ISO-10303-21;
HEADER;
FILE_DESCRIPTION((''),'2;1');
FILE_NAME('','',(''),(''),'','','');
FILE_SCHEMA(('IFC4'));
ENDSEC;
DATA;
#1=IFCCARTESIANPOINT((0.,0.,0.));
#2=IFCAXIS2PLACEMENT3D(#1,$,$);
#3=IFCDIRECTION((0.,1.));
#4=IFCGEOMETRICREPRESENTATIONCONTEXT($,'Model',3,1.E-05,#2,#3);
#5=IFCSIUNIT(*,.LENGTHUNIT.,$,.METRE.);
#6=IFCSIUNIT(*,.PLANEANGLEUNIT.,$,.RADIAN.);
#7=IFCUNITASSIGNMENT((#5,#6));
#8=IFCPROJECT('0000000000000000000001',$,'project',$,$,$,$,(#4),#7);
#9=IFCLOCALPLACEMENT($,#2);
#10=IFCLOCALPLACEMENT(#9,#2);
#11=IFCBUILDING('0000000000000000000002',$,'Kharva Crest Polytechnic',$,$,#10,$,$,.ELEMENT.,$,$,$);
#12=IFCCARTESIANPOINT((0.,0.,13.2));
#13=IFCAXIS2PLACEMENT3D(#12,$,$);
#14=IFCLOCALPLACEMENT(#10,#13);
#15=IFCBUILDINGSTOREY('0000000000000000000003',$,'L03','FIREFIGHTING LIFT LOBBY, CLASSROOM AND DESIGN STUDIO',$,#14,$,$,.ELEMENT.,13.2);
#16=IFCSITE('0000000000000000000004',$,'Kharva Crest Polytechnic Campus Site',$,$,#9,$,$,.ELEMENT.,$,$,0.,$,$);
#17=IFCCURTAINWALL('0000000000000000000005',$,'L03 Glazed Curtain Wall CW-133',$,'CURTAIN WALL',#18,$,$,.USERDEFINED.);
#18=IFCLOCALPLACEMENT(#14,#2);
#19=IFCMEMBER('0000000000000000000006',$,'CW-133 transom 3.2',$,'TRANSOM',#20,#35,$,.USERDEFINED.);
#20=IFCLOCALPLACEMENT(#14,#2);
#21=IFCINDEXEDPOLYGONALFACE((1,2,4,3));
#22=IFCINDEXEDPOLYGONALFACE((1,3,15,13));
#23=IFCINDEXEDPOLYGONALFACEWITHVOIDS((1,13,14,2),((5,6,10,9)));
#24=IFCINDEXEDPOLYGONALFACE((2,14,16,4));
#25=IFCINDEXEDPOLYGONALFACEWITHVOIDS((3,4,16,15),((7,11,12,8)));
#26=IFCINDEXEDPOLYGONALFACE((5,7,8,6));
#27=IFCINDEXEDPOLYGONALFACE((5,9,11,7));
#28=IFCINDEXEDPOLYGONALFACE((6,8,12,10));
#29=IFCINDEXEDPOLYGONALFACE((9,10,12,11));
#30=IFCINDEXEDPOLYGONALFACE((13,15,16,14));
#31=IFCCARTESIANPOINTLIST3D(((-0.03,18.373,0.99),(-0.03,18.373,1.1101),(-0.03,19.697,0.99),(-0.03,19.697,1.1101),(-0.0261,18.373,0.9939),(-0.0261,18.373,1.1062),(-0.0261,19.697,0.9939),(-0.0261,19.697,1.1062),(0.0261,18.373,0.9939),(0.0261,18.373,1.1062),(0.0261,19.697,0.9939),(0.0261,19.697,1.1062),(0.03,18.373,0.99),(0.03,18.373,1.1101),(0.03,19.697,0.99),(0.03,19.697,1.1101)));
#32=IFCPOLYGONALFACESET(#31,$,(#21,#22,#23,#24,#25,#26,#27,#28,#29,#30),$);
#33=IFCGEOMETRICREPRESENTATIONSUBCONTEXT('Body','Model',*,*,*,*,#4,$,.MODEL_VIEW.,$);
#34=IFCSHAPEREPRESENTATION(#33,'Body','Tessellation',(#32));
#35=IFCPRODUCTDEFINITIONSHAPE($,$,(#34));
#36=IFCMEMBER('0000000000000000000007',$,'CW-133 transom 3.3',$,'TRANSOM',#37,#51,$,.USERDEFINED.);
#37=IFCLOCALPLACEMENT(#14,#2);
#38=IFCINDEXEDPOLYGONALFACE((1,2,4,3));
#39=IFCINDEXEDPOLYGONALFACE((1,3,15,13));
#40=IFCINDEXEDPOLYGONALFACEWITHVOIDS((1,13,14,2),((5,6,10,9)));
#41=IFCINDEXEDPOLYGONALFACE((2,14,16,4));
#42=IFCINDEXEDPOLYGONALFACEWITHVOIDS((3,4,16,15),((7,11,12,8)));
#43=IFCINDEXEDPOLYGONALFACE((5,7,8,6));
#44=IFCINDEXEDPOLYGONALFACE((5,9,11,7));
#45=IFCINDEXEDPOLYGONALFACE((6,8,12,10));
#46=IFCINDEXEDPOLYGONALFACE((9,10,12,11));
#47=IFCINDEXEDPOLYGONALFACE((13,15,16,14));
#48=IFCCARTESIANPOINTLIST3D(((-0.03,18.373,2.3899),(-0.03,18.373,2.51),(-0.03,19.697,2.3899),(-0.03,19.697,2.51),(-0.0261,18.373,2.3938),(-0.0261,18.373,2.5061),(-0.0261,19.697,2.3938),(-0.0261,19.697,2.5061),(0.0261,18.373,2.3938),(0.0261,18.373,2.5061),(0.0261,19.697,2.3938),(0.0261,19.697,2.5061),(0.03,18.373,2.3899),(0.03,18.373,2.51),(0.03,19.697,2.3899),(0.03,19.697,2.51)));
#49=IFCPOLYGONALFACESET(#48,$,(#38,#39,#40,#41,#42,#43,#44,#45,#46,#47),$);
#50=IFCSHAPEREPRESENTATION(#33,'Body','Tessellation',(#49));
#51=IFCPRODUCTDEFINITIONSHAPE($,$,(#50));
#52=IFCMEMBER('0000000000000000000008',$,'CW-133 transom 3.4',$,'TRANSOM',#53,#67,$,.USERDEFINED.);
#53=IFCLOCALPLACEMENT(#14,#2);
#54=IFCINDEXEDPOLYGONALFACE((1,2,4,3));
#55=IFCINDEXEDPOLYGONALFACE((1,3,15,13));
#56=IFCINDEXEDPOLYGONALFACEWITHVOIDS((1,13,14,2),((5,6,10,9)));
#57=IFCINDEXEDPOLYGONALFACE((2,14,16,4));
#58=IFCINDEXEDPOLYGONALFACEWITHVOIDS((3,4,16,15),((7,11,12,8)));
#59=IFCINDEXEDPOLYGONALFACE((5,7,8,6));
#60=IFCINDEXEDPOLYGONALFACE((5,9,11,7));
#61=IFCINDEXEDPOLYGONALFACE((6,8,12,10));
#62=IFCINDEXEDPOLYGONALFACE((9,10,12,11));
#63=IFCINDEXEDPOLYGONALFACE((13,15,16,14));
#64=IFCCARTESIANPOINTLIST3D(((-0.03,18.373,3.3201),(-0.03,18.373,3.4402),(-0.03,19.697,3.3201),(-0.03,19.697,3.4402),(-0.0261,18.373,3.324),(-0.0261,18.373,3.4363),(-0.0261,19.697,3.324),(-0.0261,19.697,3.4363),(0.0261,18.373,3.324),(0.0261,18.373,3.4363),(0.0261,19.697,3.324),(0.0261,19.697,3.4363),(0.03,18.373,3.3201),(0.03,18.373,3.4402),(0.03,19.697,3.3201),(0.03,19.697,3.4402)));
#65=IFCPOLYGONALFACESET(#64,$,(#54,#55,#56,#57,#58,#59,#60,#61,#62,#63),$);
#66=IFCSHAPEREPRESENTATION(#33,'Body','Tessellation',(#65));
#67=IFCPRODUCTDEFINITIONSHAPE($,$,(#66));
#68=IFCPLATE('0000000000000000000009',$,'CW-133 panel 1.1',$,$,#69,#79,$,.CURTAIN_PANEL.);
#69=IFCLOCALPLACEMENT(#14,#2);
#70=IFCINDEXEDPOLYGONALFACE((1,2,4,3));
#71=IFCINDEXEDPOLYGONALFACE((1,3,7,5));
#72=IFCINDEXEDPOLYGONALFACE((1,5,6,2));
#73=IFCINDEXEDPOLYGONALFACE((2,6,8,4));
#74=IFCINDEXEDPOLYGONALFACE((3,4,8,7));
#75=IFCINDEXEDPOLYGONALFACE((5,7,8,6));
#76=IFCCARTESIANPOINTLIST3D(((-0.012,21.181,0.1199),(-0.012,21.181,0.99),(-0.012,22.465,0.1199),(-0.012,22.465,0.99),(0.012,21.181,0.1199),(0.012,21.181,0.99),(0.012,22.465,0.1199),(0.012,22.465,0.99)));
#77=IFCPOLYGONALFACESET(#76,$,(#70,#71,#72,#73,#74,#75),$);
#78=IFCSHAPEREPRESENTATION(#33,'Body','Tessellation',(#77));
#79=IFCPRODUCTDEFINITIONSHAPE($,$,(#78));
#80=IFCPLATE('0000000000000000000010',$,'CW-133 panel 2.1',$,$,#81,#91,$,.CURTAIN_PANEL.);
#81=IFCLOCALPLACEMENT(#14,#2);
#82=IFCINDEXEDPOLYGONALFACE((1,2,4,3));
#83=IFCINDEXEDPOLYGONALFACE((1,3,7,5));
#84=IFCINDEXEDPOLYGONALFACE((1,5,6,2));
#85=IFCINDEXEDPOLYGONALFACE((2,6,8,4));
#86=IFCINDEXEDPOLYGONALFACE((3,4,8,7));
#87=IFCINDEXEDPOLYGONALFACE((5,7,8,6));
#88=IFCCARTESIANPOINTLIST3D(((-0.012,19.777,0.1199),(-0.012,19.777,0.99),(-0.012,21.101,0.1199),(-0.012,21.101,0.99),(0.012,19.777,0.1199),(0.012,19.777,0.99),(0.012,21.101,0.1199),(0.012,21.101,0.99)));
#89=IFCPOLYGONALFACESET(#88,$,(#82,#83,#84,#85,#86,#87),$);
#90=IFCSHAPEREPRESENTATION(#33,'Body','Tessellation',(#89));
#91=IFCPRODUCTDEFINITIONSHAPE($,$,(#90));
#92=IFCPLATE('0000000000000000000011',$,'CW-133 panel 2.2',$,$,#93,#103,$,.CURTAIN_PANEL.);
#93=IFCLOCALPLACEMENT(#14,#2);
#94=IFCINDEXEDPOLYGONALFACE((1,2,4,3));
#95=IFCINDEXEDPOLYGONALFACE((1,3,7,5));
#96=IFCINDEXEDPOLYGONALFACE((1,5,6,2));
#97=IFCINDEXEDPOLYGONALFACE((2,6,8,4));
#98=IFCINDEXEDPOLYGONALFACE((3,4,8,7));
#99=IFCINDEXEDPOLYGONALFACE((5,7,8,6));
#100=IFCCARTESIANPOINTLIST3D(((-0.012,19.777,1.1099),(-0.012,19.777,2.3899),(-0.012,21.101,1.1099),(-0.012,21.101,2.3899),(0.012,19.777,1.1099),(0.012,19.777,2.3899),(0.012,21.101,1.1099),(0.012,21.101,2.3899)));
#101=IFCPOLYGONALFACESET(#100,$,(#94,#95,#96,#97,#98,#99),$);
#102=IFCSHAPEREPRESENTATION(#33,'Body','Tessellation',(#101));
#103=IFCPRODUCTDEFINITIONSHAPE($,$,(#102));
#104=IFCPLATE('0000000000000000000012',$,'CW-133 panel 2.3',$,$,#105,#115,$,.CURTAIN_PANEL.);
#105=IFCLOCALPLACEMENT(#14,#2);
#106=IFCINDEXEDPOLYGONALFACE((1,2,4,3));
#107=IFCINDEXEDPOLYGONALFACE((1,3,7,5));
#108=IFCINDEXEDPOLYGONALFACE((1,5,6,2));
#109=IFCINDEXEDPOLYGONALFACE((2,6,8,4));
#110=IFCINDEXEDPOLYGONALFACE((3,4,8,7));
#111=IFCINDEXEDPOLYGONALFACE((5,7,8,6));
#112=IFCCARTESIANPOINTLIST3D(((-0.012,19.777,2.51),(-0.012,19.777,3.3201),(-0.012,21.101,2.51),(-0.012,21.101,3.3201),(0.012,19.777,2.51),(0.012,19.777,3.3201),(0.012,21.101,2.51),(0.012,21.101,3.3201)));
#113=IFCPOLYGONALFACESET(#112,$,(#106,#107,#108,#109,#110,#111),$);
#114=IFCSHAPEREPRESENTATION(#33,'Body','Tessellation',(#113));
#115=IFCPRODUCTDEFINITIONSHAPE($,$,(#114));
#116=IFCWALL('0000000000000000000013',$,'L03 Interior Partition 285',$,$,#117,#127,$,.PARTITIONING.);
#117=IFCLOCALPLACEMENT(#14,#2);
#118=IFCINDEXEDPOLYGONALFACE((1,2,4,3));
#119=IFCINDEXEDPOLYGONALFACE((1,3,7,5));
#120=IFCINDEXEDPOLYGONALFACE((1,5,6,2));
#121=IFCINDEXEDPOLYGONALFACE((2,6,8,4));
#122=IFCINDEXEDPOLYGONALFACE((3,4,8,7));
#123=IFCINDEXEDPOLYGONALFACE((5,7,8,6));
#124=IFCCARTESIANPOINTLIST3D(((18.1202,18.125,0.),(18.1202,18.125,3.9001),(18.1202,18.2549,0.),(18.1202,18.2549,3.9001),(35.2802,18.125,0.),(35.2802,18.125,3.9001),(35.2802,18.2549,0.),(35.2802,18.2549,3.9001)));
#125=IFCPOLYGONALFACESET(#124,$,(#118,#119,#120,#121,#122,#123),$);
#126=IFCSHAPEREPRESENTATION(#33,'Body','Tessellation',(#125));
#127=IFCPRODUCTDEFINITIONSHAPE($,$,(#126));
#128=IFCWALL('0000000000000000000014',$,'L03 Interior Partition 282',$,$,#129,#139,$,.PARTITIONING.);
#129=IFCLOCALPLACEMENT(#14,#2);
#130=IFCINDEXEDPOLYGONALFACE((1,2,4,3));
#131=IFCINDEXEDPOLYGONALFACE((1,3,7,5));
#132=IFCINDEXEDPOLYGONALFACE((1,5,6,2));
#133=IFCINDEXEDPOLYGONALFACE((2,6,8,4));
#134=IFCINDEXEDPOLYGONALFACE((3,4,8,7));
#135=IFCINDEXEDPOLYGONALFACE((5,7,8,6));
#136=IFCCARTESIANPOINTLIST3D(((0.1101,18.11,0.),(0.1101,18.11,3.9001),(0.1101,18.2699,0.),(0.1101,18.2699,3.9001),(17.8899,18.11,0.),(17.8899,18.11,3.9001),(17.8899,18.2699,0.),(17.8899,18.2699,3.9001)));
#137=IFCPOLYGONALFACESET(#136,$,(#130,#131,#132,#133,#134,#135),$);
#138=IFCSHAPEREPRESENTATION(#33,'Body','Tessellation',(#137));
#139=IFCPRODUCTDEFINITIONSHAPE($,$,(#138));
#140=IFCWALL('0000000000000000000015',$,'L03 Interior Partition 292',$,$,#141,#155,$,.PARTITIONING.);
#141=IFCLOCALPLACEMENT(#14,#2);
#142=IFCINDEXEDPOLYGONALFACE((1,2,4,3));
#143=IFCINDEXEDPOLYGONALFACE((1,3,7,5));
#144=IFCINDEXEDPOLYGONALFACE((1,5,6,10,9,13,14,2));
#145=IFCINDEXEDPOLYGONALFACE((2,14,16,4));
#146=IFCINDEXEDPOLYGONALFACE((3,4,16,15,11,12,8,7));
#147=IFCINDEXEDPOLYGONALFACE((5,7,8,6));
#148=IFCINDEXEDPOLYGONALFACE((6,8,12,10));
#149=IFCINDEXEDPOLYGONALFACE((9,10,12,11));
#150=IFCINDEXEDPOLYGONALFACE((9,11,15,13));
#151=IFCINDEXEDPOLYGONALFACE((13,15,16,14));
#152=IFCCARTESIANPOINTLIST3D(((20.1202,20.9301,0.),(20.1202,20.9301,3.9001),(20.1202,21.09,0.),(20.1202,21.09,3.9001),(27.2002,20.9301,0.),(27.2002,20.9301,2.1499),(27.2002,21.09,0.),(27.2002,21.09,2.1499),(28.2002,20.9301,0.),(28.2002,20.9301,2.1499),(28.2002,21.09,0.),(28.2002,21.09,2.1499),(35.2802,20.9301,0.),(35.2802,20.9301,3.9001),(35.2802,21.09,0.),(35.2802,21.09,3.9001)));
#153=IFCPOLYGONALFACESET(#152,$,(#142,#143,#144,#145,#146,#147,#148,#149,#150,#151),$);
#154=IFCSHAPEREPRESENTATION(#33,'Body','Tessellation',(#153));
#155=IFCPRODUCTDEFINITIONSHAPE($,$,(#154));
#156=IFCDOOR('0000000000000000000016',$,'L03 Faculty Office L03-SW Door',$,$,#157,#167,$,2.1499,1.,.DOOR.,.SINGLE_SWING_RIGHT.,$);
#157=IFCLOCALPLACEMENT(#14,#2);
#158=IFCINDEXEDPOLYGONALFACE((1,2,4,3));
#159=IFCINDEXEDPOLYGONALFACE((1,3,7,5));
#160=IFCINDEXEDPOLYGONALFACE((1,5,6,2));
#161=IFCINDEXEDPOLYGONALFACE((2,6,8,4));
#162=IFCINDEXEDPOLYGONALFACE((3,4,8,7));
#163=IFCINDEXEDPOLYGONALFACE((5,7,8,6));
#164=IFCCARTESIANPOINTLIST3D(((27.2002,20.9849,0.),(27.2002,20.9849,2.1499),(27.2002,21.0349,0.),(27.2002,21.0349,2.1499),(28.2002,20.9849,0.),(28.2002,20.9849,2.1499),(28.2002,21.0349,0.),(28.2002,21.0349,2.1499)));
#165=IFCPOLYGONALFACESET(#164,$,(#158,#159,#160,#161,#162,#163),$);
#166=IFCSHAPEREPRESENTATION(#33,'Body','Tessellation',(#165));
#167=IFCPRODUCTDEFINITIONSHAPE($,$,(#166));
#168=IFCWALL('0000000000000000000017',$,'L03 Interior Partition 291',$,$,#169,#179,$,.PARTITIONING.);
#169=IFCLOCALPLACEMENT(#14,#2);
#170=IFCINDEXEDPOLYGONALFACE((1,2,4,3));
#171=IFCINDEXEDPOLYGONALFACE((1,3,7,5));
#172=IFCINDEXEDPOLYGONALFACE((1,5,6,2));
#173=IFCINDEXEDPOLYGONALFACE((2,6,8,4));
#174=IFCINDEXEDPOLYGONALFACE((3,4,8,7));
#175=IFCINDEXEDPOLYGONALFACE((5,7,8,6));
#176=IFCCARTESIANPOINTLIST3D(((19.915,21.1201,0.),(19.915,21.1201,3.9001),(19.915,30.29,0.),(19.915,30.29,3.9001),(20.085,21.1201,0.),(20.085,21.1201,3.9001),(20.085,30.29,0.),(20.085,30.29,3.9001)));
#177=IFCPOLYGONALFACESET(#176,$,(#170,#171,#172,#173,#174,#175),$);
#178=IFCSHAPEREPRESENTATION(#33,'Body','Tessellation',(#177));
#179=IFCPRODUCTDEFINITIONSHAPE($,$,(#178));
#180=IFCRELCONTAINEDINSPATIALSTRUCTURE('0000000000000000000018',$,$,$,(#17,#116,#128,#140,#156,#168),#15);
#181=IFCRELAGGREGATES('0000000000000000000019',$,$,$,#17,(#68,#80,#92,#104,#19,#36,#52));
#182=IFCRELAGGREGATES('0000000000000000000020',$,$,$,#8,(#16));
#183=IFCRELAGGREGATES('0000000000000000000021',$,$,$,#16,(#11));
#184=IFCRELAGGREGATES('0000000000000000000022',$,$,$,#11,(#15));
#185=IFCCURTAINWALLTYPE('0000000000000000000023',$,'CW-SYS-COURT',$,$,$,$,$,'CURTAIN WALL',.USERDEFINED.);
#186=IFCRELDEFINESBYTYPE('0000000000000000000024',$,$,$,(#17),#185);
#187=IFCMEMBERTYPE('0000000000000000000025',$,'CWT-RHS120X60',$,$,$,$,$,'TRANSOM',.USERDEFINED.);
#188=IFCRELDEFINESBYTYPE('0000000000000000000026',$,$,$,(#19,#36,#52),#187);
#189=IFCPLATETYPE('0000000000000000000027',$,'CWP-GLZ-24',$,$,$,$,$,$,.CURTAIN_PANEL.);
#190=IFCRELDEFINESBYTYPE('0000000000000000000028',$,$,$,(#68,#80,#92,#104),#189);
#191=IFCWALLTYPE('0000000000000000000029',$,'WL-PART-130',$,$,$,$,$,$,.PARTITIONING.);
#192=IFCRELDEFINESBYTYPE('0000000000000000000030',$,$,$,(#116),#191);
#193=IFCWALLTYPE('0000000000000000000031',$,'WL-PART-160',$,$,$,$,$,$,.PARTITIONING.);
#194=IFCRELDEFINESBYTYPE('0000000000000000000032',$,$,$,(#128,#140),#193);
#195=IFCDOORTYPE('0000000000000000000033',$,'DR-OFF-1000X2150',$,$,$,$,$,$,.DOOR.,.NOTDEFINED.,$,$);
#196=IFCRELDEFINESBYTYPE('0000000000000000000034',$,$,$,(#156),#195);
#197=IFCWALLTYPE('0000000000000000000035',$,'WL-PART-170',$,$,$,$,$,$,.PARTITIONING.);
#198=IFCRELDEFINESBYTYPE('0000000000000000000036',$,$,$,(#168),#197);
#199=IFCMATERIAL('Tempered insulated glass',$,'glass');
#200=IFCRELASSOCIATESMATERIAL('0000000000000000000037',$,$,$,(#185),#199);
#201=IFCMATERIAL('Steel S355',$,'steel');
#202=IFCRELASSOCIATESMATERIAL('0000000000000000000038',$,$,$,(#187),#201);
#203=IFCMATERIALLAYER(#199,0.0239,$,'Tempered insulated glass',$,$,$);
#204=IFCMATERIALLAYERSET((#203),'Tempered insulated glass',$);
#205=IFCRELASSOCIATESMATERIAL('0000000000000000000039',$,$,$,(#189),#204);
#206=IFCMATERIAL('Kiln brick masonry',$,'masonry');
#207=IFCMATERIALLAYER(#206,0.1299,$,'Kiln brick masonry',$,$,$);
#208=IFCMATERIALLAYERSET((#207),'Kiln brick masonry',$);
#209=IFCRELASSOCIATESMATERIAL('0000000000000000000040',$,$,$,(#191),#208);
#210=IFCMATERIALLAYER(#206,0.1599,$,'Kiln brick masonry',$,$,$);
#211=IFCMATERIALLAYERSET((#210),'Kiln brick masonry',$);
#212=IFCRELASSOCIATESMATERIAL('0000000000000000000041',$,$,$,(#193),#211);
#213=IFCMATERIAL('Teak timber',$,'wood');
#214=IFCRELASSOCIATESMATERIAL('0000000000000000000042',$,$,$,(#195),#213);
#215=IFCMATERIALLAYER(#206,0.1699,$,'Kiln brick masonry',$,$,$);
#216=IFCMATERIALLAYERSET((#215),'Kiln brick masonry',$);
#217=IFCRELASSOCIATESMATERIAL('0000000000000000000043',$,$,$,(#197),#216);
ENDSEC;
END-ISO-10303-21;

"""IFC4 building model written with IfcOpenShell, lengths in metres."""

from ifc_helpers import new_model, si_unit, direction, frame, frame_2d, origin, origin_2d, place, context, subcontext, project, spatial, rectangle, hollow_rectangle, extrude, material, layer, layer_set, material_profile, profile_set, type_object, element, fill, aggregate, save


model = new_model("IFC4")

# Units and contexts
model_context = context("Model", 3, precision=1e-05, world=origin(), true_north=direction((0.0, 1.0)))
body_context = subcontext(model_context, "Body", "Model", "MODEL_VIEW")
ifc_project = project(units=[si_unit("LENGTHUNIT", "METRE"), si_unit("PLANEANGLEUNIT", "RADIAN")], contexts=[model_context])

# Site, building, storey
site_placement = place(None, origin())
site = spatial("IfcSite", under=ifc_project, at=site_placement, Name="Kharva Crest Polytechnic Campus Site", CompositionType="ELEMENT", RefElevation=0.0)
building_placement = place(site_placement, origin())
building = spatial("IfcBuilding", under=site, at=building_placement, Name="Kharva Crest Polytechnic", CompositionType="ELEMENT")
storey_placement = place(building_placement, frame((0.0, 0.0, 13.2)))
storey = spatial("IfcBuildingStorey", under=building, at=storey_placement, Name="L03", Description="FIREFIGHTING LIFT LOBBY, CLASSROOM AND DESIGN STUDIO", CompositionType="ELEMENT", Elevation=13.2)

# Shared definitions
ifc_material_1 = material(Name="Steel S355", Category="steel")

# Curtain wall, members, plates
ifc_material_2 = material(Name="Tempered insulated glass", Category="glass")
curtain_wall_type = type_object("IfcCurtainWallType", Name="CW-SYS-COURT", ElementType="CURTAIN WALL", PredefinedType="USERDEFINED", material=ifc_material_2)
curtain_wall_placement = place(storey_placement, origin())
curtain_wall = element("IfcCurtainWall", 1, at=curtain_wall_placement, inside=storey, type_object=curtain_wall_type, Name="L03 Glazed Curtain Wall CW-133", ObjectType="CURTAIN WALL", PredefinedType="USERDEFINED")
ifc_material_profile_1 = material_profile(ifc_material_1, hollow_rectangle(XDim=0.0601, YDim=0.1201, WallThickness=0.0039, at=origin_2d()), Name="RHS 120X60X4.0")
ifc_profile_set_1 = profile_set([ifc_material_profile_1], Name="Steel S355")
member_type_1 = type_object("IfcMemberType", Name="CWT-RHS120X60", ElementType="TRANSOM", PredefinedType="USERDEFINED", material=ifc_profile_set_1)
member_1_placement = place(storey_placement, frame((0.0, 19.697, 1.05), z_axis=(0.0, -1.0, 0.0), x_axis=(1.0, 0.0, 0.0)))
member_1 = element("IfcMember", 2, at=member_1_placement, type_object=member_type_1, Name="CW-133 transom 3.2", ObjectType="TRANSOM", PredefinedType="USERDEFINED", context=body_context, shape_type="SweptSolid", body=[
    extrude(hollow_rectangle(XDim=0.0601, YDim=0.1201, WallThickness=0.0039, at=origin_2d()), origin(), (0.0, 0.0, 1.0), 1.324),
])
member_2_placement = place(storey_placement, frame((0.0, 19.697, 2.45), z_axis=(0.0, -1.0, 0.0), x_axis=(1.0, 0.0, 0.0)))
member_2 = element("IfcMember", 3, at=member_2_placement, type_object=member_type_1, Name="CW-133 transom 3.3", ObjectType="TRANSOM", PredefinedType="USERDEFINED", context=body_context, shape_type="SweptSolid", body=[
    extrude(hollow_rectangle(XDim=0.0601, YDim=0.1201, WallThickness=0.0039, at=origin_2d()), origin(), (0.0, 0.0, 1.0), 1.324),
])
member_3_placement = place(storey_placement, frame((0.0, 19.697, 3.3801), z_axis=(0.0, -1.0, 0.0), x_axis=(1.0, 0.0, 0.0)))
member_3 = element("IfcMember", 4, at=member_3_placement, type_object=member_type_1, Name="CW-133 transom 3.4", ObjectType="TRANSOM", PredefinedType="USERDEFINED", context=body_context, shape_type="SweptSolid", body=[
    extrude(hollow_rectangle(XDim=0.0601, YDim=0.1201, WallThickness=0.0039, at=origin_2d()), origin(), (0.0, 0.0, 1.0), 1.324),
])
ifc_layer_1 = layer(ifc_material_2, 0.0239, Name="Tempered insulated glass")
ifc_layer_set_1 = layer_set([ifc_layer_1], Name="Tempered insulated glass")
plate_type = type_object("IfcPlateType", Name="CWP-GLZ-24", PredefinedType="CURTAIN_PANEL", material=ifc_layer_set_1)
plate_1_placement = place(storey_placement, frame((0.0, 21.823, 0.1199), z_axis=(0.0, 0.0, 1.0), x_axis=(0.0, -1.0, 0.0)))
plate_1 = element("IfcPlate", 5, at=plate_1_placement, type_object=plate_type, Name="CW-133 panel 1.1", PredefinedType="CURTAIN_PANEL", context=body_context, shape_type="SweptSolid", body=[
    extrude(rectangle(XDim=1.2839, YDim=0.0239, at=origin_2d()), origin(), (0.0, 0.0, 1.0), 0.8701),
])
plate_2_placement = place(storey_placement, frame((0.0, 20.439, 0.1199), z_axis=(0.0, 0.0, 1.0), x_axis=(0.0, -1.0, 0.0)))
plate_2 = element("IfcPlate", 6, at=plate_2_placement, type_object=plate_type, Name="CW-133 panel 2.1", PredefinedType="CURTAIN_PANEL", context=body_context, shape_type="SweptSolid", body=[
    extrude(rectangle(XDim=1.324, YDim=0.0239, at=origin_2d()), origin(), (0.0, 0.0, 1.0), 0.8701),
])
plate_3_placement = place(storey_placement, frame((0.0, 20.439, 1.1099), z_axis=(0.0, 0.0, 1.0), x_axis=(0.0, -1.0, 0.0)))
plate_3 = element("IfcPlate", 7, at=plate_3_placement, type_object=plate_type, Name="CW-133 panel 2.2", PredefinedType="CURTAIN_PANEL", context=body_context, shape_type="SweptSolid", body=[
    extrude(rectangle(XDim=1.324, YDim=0.0239, at=origin_2d()), origin(), (0.0, 0.0, 1.0), 1.28),
])
plate_4_placement = place(storey_placement, frame((0.0, 20.439, 2.51), z_axis=(0.0, 0.0, 1.0), x_axis=(0.0, -1.0, 0.0)))
plate_4 = element("IfcPlate", 8, at=plate_4_placement, type_object=plate_type, Name="CW-133 panel 2.3", PredefinedType="CURTAIN_PANEL", context=body_context, shape_type="SweptSolid", body=[
    extrude(rectangle(XDim=1.324, YDim=0.0239, at=origin_2d()), origin(), (0.0, 0.0, 1.0), 0.8101),
])
aggregate(curtain_wall, [plate_1, plate_2, plate_3, plate_4, member_1, member_2, member_3])

# Walls
ifc_material_3 = material(Name="Kiln brick masonry", Category="masonry")
ifc_layer_2 = layer(ifc_material_3, 0.1299, Name="Kiln brick masonry")
ifc_layer_set_2 = layer_set([ifc_layer_2], Name="Kiln brick masonry")
wall_type_1 = type_object("IfcWallType", Name="WL-PART-130", PredefinedType="PARTITIONING", material=ifc_layer_set_2)
wall_1_placement = place(storey_placement, frame((18.1201, 18.1899, 0.0), z_axis=(0.0, 0.0, 1.0), x_axis=(1.0, 0.0, 0.0)))
element("IfcWall", 9, at=wall_1_placement, inside=storey, type_object=wall_type_1, Name="L03 Interior Partition 285", PredefinedType="PARTITIONING", context=body_context, shape_type="SweptSolid", body=[
    extrude(rectangle(XDim=17.1599, YDim=0.1299, at=frame_2d((8.5801, 0.0))), origin(), (0.0, 0.0, 1.0), 3.9001),
])
ifc_layer_3 = layer(ifc_material_3, 0.1599, Name="Kiln brick masonry")
ifc_layer_set_3 = layer_set([ifc_layer_3], Name="Kiln brick masonry")
wall_type_2 = type_object("IfcWallType", Name="WL-PART-160", PredefinedType="PARTITIONING", material=ifc_layer_set_3)
wall_2_placement = place(storey_placement, frame((0.1101, 18.1899, 0.0), z_axis=(0.0, 0.0, 1.0), x_axis=(1.0, 0.0, 0.0)))
element("IfcWall", 10, at=wall_2_placement, inside=storey, type_object=wall_type_2, Name="L03 Interior Partition 282", PredefinedType="PARTITIONING", context=body_context, shape_type="SweptSolid", body=[
    extrude(rectangle(XDim=17.7798, YDim=0.1599, at=frame_2d((8.8899, 0.0))), origin(), (0.0, 0.0, 1.0), 3.9001),
])

# Wall, opening, door
wall_3_placement = place(storey_placement, frame((20.1201, 21.01, 0.0), z_axis=(0.0, 0.0, 1.0), x_axis=(1.0, 0.0, 0.0)))
wall_3 = element("IfcWall", 11, at=wall_3_placement, inside=storey, type_object=wall_type_2, Name="L03 Interior Partition 292", PredefinedType="PARTITIONING", context=body_context, shape_type="SweptSolid", body=[
    extrude(rectangle(XDim=15.1599, YDim=0.1599, at=frame_2d((7.5801, 0.0))), origin(), (0.0, 0.0, 1.0), 3.9001),
])
opening_1_placement = place(wall_3_placement, frame((7.0801, 0.0, 0.0)))
opening_1 = element("IfcOpeningElement", 12, at=opening_1_placement, cuts=wall_3, PredefinedType="OPENING", context=body_context, shape_type="SweptSolid", body=[
    extrude(rectangle(XDim=1.0, YDim=2.1499, at=frame_2d((0.5, 1.075))), frame((0.0, 0.0898, 0.0), z_axis=(0.0, -1.0, 0.0), x_axis=(1.0, 0.0, 0.0)), (0.0, 0.0, 1.0), 0.1799),
])
ifc_material_4 = material(Name="Teak timber", Category="wood")
door_type_1 = type_object("IfcDoorType", Name="DR-OFF-1000X2150", OperationType="NOTDEFINED", PredefinedType="DOOR", material=ifc_material_4)
door_1_placement = place(opening_1_placement, origin())
door_1 = element("IfcDoor", 13, at=door_1_placement, inside=storey, type_object=door_type_1, Name="L03 Faculty Office L03-SW Door", OperationType="SINGLE_SWING_RIGHT", OverallHeight=2.1499, OverallWidth=1.0, PredefinedType="DOOR", context=body_context, shape_type="SweptSolid", body=[
    extrude(rectangle(XDim=1.0, YDim=2.1499, at=frame_2d((0.5, 1.075))), frame((0.0, 0.0249, 0.0), z_axis=(0.0, -1.0, 0.0), x_axis=(1.0, 0.0, 0.0)), (0.0, 0.0, 1.0), 0.05),
])
fill(opening_1, door_1)

# Wall
ifc_layer_4 = layer(ifc_material_3, 0.1699, Name="Kiln brick masonry")
ifc_layer_set_4 = layer_set([ifc_layer_4], Name="Kiln brick masonry")
wall_type_3 = type_object("IfcWallType", Name="WL-PART-170", PredefinedType="PARTITIONING", material=ifc_layer_set_4)
wall_4_placement = place(storey_placement, frame((20.0, 21.1201, 0.0), z_axis=(0.0, 0.0, 1.0), x_axis=(0.0, 1.0, 0.0)))
element("IfcWall", 14, at=wall_4_placement, inside=storey, type_object=wall_type_3, Name="L03 Interior Partition 291", PredefinedType="PARTITIONING", context=body_context, shape_type="SweptSolid", body=[
    extrude(rectangle(XDim=9.1699, YDim=0.1699, at=frame_2d((4.585, 0.0))), origin(), (0.0, 0.0, 1.0), 3.9001),
])

save(model, "model.ifc")
